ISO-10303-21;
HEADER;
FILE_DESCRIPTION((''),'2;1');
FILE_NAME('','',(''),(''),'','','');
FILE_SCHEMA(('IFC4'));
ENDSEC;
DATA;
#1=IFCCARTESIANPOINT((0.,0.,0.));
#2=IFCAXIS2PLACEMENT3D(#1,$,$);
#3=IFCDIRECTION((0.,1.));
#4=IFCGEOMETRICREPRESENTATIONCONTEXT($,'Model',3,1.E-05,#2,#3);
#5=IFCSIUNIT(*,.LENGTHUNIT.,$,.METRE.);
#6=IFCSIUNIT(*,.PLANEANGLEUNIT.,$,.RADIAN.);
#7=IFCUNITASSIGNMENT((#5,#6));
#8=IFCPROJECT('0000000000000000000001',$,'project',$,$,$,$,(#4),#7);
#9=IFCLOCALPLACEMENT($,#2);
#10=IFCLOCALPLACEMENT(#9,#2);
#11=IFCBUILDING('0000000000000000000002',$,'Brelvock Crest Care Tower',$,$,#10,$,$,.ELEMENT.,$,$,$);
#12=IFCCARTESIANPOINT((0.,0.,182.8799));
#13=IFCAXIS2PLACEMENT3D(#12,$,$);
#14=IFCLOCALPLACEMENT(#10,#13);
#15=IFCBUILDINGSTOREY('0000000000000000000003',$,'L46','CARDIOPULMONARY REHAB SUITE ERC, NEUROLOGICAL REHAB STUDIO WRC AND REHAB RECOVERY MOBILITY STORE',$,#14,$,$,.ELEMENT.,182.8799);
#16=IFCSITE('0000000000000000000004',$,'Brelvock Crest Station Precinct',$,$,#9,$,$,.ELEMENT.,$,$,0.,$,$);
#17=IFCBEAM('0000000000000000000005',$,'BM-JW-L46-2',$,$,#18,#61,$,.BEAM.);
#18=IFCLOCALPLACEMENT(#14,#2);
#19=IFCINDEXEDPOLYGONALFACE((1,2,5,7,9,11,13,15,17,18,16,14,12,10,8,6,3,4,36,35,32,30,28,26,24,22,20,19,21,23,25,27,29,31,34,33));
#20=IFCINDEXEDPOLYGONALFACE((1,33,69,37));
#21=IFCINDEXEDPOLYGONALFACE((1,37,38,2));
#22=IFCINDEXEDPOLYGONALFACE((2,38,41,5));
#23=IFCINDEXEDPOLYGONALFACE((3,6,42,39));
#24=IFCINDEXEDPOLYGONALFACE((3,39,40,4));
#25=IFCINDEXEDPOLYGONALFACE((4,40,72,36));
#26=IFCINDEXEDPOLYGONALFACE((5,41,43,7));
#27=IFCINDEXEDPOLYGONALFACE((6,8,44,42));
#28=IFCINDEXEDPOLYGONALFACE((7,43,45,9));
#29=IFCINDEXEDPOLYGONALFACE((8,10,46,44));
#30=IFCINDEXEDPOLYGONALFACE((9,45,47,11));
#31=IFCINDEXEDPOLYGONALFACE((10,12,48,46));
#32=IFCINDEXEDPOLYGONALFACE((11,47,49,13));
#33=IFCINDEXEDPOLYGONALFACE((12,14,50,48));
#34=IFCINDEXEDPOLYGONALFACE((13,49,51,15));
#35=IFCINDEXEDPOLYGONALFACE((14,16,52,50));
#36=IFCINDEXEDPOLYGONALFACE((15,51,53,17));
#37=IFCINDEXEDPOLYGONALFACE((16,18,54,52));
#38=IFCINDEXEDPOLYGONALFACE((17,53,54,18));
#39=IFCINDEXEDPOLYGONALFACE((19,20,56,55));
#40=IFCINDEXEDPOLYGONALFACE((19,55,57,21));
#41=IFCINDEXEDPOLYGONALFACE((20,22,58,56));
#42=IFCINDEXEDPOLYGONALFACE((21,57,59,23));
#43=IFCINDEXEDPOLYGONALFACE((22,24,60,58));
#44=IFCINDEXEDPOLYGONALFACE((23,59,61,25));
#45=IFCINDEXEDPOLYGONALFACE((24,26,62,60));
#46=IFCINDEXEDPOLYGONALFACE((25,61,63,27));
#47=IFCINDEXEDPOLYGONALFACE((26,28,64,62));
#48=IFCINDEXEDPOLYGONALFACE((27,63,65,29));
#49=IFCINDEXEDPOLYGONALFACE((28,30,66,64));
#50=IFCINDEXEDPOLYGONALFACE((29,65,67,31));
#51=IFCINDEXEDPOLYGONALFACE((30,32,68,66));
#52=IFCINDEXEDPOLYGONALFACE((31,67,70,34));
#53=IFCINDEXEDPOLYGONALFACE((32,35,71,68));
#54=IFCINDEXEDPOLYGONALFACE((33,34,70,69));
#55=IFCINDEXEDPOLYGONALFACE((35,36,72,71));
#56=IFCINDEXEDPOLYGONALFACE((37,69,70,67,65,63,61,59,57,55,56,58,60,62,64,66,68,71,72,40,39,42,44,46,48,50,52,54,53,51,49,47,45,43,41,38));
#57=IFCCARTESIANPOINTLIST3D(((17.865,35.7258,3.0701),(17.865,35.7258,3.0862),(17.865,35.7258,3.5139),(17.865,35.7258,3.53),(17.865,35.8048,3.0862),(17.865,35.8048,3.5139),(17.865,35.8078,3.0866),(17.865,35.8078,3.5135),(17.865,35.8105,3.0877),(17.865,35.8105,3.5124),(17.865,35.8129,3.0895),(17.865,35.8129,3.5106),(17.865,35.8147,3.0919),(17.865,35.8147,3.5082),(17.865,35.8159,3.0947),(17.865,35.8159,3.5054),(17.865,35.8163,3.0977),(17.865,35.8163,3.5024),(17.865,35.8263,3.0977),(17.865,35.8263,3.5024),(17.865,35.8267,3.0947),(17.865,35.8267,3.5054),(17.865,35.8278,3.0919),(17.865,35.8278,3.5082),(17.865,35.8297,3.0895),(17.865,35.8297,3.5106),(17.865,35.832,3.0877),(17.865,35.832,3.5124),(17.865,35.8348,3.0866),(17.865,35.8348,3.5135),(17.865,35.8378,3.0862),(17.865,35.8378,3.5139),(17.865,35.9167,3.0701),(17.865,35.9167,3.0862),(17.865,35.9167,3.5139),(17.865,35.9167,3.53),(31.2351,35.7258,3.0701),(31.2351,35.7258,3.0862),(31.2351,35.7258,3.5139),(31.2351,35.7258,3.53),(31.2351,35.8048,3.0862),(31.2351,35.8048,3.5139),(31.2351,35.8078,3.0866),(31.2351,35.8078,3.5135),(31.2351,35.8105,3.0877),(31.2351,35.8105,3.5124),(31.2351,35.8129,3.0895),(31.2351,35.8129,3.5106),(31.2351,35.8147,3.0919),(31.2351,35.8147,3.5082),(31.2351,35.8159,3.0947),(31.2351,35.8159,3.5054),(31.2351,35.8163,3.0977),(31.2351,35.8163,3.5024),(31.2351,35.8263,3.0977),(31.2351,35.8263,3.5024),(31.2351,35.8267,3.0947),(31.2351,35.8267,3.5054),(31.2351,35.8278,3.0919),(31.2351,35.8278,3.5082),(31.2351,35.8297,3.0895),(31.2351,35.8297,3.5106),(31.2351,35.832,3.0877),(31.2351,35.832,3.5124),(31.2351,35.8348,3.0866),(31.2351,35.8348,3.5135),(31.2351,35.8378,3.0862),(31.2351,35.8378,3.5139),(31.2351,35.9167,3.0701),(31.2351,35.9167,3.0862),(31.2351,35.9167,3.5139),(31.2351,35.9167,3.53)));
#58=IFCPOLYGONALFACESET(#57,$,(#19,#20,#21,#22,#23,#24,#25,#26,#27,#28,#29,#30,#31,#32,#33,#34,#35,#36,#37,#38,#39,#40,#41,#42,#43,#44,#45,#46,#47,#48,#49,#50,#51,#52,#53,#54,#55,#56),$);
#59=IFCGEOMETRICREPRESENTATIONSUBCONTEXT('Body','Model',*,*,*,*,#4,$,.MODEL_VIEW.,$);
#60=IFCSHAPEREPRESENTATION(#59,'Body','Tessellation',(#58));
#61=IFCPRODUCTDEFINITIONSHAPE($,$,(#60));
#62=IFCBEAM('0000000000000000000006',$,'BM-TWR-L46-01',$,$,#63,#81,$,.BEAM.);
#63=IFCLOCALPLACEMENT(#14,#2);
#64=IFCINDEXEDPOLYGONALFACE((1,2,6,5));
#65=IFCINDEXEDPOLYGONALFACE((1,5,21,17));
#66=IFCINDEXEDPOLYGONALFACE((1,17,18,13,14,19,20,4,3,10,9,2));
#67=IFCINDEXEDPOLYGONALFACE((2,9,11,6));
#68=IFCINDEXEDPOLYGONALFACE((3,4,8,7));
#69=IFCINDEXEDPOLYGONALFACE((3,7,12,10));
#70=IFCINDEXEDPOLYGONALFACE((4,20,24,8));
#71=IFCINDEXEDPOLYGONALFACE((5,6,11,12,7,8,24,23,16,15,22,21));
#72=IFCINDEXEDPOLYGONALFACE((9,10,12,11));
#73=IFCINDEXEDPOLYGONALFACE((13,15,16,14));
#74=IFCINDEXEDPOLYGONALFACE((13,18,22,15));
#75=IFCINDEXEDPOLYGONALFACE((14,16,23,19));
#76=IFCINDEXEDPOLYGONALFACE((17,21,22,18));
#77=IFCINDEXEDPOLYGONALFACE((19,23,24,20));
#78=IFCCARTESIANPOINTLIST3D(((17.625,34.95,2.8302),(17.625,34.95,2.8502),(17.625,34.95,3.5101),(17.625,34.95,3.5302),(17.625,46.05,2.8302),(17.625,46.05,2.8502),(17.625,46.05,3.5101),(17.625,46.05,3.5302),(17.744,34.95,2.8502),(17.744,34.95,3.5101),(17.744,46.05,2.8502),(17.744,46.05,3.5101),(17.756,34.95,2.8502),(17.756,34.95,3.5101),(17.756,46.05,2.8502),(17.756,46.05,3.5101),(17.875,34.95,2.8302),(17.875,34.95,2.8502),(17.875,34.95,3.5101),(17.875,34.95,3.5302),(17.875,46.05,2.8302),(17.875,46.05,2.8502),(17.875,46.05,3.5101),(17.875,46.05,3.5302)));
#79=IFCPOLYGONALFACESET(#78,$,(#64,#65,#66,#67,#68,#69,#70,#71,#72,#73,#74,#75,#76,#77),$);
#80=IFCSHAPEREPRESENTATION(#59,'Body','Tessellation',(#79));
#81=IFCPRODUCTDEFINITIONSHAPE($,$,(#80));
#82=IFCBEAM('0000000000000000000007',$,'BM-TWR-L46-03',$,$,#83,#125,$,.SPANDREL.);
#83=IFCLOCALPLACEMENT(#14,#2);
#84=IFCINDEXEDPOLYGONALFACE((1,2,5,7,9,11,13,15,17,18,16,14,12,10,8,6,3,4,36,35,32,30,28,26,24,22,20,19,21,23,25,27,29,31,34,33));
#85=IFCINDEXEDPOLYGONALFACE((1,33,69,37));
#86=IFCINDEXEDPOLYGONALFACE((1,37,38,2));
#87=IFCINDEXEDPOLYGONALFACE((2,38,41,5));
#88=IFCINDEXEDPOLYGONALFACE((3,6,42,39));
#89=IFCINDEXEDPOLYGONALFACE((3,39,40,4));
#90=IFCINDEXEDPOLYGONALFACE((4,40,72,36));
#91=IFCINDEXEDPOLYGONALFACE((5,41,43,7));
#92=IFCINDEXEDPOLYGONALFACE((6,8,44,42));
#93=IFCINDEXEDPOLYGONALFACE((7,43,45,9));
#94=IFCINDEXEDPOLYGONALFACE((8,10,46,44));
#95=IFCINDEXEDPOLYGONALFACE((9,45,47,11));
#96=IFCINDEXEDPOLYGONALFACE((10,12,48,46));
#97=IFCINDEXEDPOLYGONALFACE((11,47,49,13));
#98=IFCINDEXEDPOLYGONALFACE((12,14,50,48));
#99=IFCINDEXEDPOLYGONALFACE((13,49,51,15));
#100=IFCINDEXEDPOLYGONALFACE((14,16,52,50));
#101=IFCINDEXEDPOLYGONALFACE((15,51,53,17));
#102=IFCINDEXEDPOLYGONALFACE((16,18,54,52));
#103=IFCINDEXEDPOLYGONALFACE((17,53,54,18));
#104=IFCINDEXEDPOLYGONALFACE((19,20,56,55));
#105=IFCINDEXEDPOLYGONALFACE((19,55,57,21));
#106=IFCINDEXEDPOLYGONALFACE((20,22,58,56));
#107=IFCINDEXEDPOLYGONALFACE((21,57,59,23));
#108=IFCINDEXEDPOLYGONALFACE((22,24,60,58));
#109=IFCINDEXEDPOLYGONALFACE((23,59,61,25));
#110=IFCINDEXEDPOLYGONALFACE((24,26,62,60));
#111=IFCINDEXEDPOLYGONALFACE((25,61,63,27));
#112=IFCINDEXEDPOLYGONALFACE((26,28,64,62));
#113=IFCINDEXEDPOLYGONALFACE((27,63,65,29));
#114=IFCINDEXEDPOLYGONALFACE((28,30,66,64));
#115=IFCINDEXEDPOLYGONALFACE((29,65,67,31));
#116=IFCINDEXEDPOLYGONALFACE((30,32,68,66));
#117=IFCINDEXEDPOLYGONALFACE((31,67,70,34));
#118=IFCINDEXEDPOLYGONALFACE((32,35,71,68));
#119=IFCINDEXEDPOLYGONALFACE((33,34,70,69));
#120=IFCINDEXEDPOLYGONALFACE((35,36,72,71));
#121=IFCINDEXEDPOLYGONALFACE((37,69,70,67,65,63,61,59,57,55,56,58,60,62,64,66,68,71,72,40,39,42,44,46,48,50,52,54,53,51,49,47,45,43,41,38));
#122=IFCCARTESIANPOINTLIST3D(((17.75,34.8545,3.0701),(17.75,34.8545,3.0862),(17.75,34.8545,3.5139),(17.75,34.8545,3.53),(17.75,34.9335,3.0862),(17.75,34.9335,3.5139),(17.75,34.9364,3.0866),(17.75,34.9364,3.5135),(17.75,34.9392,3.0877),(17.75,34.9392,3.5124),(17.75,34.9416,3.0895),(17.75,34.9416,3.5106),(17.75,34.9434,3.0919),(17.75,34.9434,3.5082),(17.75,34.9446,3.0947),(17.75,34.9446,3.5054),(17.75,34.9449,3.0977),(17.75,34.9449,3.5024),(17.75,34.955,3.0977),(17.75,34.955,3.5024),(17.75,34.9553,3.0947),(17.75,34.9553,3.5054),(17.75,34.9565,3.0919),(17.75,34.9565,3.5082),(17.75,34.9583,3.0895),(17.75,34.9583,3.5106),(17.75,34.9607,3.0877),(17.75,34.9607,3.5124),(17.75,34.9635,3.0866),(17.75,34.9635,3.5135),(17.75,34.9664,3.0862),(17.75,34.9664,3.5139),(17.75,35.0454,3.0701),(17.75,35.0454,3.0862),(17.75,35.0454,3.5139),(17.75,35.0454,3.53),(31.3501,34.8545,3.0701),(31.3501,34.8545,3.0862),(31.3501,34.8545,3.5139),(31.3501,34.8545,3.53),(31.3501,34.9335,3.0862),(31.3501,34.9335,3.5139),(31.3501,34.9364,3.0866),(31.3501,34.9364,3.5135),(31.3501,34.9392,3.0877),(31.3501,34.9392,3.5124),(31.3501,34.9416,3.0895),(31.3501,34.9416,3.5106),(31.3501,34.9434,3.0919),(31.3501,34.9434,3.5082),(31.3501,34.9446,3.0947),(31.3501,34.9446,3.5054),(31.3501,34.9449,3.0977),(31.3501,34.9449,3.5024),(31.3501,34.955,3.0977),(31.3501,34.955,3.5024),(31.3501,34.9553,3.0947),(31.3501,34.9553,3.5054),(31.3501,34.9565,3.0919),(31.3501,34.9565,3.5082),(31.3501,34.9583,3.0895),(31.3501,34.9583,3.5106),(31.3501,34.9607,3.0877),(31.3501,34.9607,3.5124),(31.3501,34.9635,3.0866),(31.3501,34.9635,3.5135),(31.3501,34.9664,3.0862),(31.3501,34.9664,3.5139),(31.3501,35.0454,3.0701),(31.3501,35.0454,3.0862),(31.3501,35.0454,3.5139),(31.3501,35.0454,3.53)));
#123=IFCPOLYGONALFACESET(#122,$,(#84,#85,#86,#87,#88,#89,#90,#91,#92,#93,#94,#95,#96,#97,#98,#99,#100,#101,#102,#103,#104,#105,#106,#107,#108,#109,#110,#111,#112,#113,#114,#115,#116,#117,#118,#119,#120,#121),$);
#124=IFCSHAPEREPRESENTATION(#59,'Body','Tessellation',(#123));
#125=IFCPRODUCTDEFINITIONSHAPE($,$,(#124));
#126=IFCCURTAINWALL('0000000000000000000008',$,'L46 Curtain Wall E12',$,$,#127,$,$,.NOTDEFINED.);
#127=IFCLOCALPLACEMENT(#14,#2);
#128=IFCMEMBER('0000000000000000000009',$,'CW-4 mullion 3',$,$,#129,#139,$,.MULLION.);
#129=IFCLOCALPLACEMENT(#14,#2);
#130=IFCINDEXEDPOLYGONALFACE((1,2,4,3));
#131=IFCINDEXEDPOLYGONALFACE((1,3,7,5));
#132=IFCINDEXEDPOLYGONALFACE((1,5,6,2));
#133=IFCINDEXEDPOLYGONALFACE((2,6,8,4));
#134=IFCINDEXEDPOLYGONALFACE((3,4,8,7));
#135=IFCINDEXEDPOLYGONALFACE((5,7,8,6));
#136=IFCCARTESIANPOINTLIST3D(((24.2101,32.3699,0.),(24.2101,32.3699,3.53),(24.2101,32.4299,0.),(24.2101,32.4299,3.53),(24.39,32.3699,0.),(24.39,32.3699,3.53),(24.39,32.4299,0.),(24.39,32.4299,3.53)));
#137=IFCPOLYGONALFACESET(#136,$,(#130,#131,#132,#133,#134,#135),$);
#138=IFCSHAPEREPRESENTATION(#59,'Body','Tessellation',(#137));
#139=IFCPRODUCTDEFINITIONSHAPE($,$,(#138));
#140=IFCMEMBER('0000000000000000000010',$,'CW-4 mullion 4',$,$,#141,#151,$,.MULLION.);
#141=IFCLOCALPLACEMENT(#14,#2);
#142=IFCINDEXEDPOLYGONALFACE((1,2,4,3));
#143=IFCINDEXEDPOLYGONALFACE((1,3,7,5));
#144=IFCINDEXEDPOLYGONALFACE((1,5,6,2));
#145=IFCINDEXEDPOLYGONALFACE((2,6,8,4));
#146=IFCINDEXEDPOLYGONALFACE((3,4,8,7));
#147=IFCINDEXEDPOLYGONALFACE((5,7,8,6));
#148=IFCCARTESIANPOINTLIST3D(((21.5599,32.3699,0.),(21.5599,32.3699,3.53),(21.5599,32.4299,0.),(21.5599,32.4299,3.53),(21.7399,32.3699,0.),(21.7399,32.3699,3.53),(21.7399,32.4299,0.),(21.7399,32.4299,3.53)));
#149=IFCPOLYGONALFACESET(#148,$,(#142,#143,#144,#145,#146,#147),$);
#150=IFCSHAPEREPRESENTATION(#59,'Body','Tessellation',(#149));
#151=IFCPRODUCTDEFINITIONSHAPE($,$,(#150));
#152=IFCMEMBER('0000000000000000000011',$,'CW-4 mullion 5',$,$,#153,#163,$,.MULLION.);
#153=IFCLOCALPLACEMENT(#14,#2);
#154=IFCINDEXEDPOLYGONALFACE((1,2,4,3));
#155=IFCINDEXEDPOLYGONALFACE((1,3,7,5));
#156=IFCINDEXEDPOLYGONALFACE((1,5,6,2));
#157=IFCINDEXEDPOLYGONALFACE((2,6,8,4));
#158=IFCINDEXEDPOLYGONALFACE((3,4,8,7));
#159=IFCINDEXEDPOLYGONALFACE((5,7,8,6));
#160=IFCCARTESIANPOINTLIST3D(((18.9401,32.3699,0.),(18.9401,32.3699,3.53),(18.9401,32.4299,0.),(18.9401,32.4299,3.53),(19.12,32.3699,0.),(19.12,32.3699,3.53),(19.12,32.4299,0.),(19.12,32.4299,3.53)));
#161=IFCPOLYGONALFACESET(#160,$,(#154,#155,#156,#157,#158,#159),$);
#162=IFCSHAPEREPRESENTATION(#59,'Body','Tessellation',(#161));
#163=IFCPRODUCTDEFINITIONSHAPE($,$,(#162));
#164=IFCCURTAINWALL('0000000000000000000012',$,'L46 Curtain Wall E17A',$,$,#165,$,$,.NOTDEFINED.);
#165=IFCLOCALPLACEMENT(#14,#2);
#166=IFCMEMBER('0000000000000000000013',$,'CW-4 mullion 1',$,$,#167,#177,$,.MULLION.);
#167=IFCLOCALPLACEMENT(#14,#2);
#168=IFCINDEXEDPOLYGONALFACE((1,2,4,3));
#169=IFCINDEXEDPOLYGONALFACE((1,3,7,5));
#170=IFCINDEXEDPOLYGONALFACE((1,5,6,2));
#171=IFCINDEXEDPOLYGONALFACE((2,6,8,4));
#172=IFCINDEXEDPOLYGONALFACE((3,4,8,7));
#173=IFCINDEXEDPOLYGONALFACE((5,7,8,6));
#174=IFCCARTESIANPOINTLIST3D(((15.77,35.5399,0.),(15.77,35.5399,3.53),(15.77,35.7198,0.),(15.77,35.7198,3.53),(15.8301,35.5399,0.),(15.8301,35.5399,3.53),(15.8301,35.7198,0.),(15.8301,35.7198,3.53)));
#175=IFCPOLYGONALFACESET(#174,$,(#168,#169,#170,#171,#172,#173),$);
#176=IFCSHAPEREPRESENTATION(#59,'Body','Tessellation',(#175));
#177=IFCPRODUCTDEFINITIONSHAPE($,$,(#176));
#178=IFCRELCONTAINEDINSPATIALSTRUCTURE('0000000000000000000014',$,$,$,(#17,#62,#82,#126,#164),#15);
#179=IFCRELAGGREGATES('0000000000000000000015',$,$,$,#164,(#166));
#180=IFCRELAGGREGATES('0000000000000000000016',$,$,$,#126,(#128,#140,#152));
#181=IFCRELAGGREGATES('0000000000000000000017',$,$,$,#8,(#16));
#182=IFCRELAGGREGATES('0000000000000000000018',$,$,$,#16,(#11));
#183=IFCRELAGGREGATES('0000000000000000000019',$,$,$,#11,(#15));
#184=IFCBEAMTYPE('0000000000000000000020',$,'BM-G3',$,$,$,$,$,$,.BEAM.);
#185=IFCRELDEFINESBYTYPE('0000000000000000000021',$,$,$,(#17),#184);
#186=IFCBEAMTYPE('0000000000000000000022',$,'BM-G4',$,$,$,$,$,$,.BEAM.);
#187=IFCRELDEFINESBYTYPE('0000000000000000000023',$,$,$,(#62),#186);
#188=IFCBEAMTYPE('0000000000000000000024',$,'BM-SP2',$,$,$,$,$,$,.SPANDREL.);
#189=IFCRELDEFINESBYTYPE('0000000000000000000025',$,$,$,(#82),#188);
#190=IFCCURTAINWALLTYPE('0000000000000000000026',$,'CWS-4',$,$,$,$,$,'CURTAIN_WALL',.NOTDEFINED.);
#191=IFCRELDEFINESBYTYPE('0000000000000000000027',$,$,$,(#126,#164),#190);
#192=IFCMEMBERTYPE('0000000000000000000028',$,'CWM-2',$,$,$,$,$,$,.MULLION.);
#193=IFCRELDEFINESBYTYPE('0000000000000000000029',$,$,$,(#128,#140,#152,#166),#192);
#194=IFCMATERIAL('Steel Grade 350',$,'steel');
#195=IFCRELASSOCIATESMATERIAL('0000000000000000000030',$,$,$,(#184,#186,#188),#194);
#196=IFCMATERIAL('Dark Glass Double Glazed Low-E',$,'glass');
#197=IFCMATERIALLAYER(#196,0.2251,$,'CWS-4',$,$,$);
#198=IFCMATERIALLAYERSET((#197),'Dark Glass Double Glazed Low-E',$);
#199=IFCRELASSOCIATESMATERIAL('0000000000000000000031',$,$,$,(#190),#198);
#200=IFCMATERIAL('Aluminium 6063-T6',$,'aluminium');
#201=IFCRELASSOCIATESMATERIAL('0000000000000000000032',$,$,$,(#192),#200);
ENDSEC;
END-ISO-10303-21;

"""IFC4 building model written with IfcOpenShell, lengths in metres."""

from ifc_helpers import new_model, si_unit, direction, frame, origin, origin_2d, place, context, subcontext, project, spatial, rectangle, i_section, extrude, source, transform, mapped, material, layer, layer_set, material_profile, profile_set, type_object, element, aggregate, save


model = new_model("IFC4")

# Units and contexts
model_context = context("Model", 3, precision=1e-05, world=origin(), true_north=direction((0.0, 1.0)))
body_context = subcontext(model_context, "Body", "Model", "MODEL_VIEW")
ifc_project = project(units=[si_unit("LENGTHUNIT", "METRE"), si_unit("PLANEANGLEUNIT", "RADIAN")], contexts=[model_context])

# Site, building, storey
site_placement = place(None, origin())
site = spatial("IfcSite", under=ifc_project, at=site_placement, Name="Brelvock Crest Station Precinct", CompositionType="ELEMENT", RefElevation=0.0)
building_placement = place(site_placement, origin())
building = spatial("IfcBuilding", under=site, at=building_placement, Name="Brelvock Crest Care Tower", CompositionType="ELEMENT")
storey_placement = place(building_placement, frame((0.0, 0.0, 182.8799)))
storey = spatial("IfcBuildingStorey", under=building, at=storey_placement, Name="L46", Description="CARDIOPULMONARY REHAB SUITE ERC, NEUROLOGICAL REHAB STUDIO WRC AND REHAB RECOVERY MOBILITY STORE", CompositionType="ELEMENT", Elevation=182.8799)

# Shared definitions
ifc_material_1 = material(Name="Steel Grade 350", Category="steel")

# Beams
ifc_material_profile_1 = material_profile(ifc_material_1, i_section(OverallWidth=0.1909, OverallDepth=0.46, WebThickness=0.01, FlangeThickness=0.0161, FilletRadius=0.0115, at=origin_2d()), Name="460UB82.1")
ifc_profile_set_1 = profile_set([ifc_material_profile_1], Name="Steel Grade 350")
beam_type_1 = type_object("IfcBeamType", Name="BM-G3", PredefinedType="BEAM", material=ifc_profile_set_1)
shared_shape_1 = source(origin(), body_context, "Body", "SweptSolid", [
    extrude(i_section(OverallWidth=0.1909, OverallDepth=0.46, WebThickness=0.01, FlangeThickness=0.0161, FilletRadius=0.0115, at=origin_2d()), origin(), (0.0, 0.0, 1.0), 13.3701),
])
beam_1_placement = place(storey_placement, frame((17.865, 35.8213, 3.3), z_axis=(1.0, 0.0, 0.0), x_axis=(0.0, 1.0, 0.0)))
element("IfcBeam", 1, at=beam_1_placement, inside=storey, type_object=beam_type_1, Name="BM-JW-L46-2", PredefinedType="BEAM", context=body_context, shape_type="MappedRepresentation", body=[
    mapped(shared_shape_1, transform((0.0, 0.0, 0.0), x_axis=(1.0, 0.0, 0.0), y_axis=(0.0, 1.0, 0.0), z_axis=(0.0, 0.0, 1.0), scale=1.0)),
])
ifc_material_profile_2 = material_profile(ifc_material_1, i_section(OverallWidth=0.25, OverallDepth=0.7, WebThickness=0.012, FlangeThickness=0.02, at=origin_2d()), Name="700WB150")
ifc_profile_set_2 = profile_set([ifc_material_profile_2], Name="Steel Grade 350")
beam_type_2 = type_object("IfcBeamType", Name="BM-G4", PredefinedType="BEAM", material=ifc_profile_set_2)
shared_shape_2 = source(origin(), body_context, "Body", "SweptSolid", [
    extrude(i_section(OverallWidth=0.25, OverallDepth=0.7, WebThickness=0.012, FlangeThickness=0.02, at=origin_2d()), origin(), (0.0, 0.0, 1.0), 11.1001),
])
beam_2_placement = place(storey_placement, frame((17.75, 34.95, 3.1802), z_axis=(0.0, 1.0, 0.0), x_axis=(-1.0, 0.0, 0.0)))
element("IfcBeam", 2, at=beam_2_placement, inside=storey, type_object=beam_type_2, Name="BM-TWR-L46-01", PredefinedType="BEAM", context=body_context, shape_type="MappedRepresentation", body=[
    mapped(shared_shape_2, transform((0.0, 0.0, 0.0), x_axis=(1.0, 0.0, 0.0), y_axis=(0.0, 1.0, 0.0), z_axis=(0.0, 0.0, 1.0), scale=1.0)),
])
ifc_material_profile_3 = material_profile(ifc_material_1, i_section(OverallWidth=0.1909, OverallDepth=0.46, WebThickness=0.01, FlangeThickness=0.0161, FilletRadius=0.0115, at=origin_2d()), Name="460UB82.1")
ifc_profile_set_3 = profile_set([ifc_material_profile_3], Name="Steel Grade 350")
beam_type_3 = type_object("IfcBeamType", Name="BM-SP2", PredefinedType="SPANDREL", material=ifc_profile_set_3)
shared_shape_3 = source(origin(), body_context, "Body", "SweptSolid", [
    extrude(i_section(OverallWidth=0.1909, OverallDepth=0.46, WebThickness=0.01, FlangeThickness=0.0161, FilletRadius=0.0115, at=origin_2d()), origin(), (0.0, 0.0, 1.0), 13.6001),
])
beam_3_placement = place(storey_placement, frame((17.75, 34.95, 3.3), z_axis=(1.0, 0.0, 0.0), x_axis=(0.0, 1.0, 0.0)))
element("IfcBeam", 3, at=beam_3_placement, inside=storey, type_object=beam_type_3, Name="BM-TWR-L46-03", PredefinedType="SPANDREL", context=body_context, shape_type="MappedRepresentation", body=[
    mapped(shared_shape_3, transform((0.0, 0.0, 0.0), x_axis=(1.0, 0.0, 0.0), y_axis=(0.0, 1.0, 0.0), z_axis=(0.0, 0.0, 1.0), scale=1.0)),
])

# Curtain wall, members
ifc_material_2 = material(Name="Dark Glass Double Glazed Low-E", Category="glass")
ifc_layer_1 = layer(ifc_material_2, 0.2251, Name="CWS-4")
ifc_layer_set_1 = layer_set([ifc_layer_1], Name="Dark Glass Double Glazed Low-E")
curtain_wall_type = type_object("IfcCurtainWallType", Name="CWS-4", ElementType="CURTAIN_WALL", PredefinedType="NOTDEFINED", material=ifc_layer_set_1)
curtain_wall_1_placement = place(storey_placement, origin())
curtain_wall_1 = element("IfcCurtainWall", 4, at=curtain_wall_1_placement, inside=storey, type_object=curtain_wall_type, Name="L46 Curtain Wall E12", PredefinedType="NOTDEFINED")
ifc_material_3 = material(Name="Aluminium 6063-T6", Category="aluminium")
ifc_material_profile_4 = material_profile(ifc_material_3, rectangle(XDim=0.0601, YDim=0.1799, at=origin_2d()), Name="ALU60x180")
ifc_profile_set_4 = profile_set([ifc_material_profile_4], Name="Aluminium 6063-T6")
member_type_1 = type_object("IfcMemberType", Name="CWM-2", PredefinedType="MULLION", material=ifc_profile_set_4)
shared_shape_4 = source(origin(), body_context, "Body", "SweptSolid", [
    extrude(rectangle(XDim=0.0601, YDim=0.1799, at=origin_2d()), origin(), (0.0, 0.0, 1.0), 3.53),
])
member_1_placement = place(storey_placement, frame((24.3, 32.3999, 0.0), z_axis=(0.0, 0.0, 1.0), x_axis=(0.0, -1.0, 0.0)))
member_1 = element("IfcMember", 5, at=member_1_placement, type_object=member_type_1, Name="CW-4 mullion 3", PredefinedType="MULLION", context=body_context, shape_type="MappedRepresentation", body=[
    mapped(shared_shape_4, transform((0.0, 0.0, 0.0), x_axis=(1.0, 0.0, 0.0), y_axis=(0.0, 1.0, 0.0), z_axis=(0.0, 0.0, 1.0), scale=1.0)),
])
member_2_placement = place(storey_placement, frame((21.6499, 32.3999, 0.0), z_axis=(0.0, 0.0, 1.0), x_axis=(0.0, -1.0, 0.0)))
member_2 = element("IfcMember", 6, at=member_2_placement, type_object=member_type_1, Name="CW-4 mullion 4", PredefinedType="MULLION", context=body_context, shape_type="MappedRepresentation", body=[
    mapped(shared_shape_4, transform((0.0, 0.0, 0.0), x_axis=(1.0, 0.0, 0.0), y_axis=(0.0, 1.0, 0.0), z_axis=(0.0, 0.0, 1.0), scale=1.0)),
])
member_3_placement = place(storey_placement, frame((19.03, 32.3999, 0.0), z_axis=(0.0, 0.0, 1.0), x_axis=(0.0, -1.0, 0.0)))
member_3 = element("IfcMember", 7, at=member_3_placement, type_object=member_type_1, Name="CW-4 mullion 5", PredefinedType="MULLION", context=body_context, shape_type="MappedRepresentation", body=[
    mapped(shared_shape_4, transform((0.0, 0.0, 0.0), x_axis=(1.0, 0.0, 0.0), y_axis=(0.0, 1.0, 0.0), z_axis=(0.0, 0.0, 1.0), scale=1.0)),
])

# Curtain wall, member
curtain_wall_2_placement = place(storey_placement, origin())
curtain_wall_2 = element("IfcCurtainWall", 8, at=curtain_wall_2_placement, inside=storey, type_object=curtain_wall_type, Name="L46 Curtain Wall E17A", PredefinedType="NOTDEFINED")
member_4_placement = place(storey_placement, frame((15.8, 35.6299, 0.0), z_axis=(0.0, 0.0, 1.0), x_axis=(-1.0, 0.0, 0.0)))
member_4 = element("IfcMember", 9, at=member_4_placement, type_object=member_type_1, Name="CW-4 mullion 1", PredefinedType="MULLION", context=body_context, shape_type="MappedRepresentation", body=[
    mapped(shared_shape_4, transform((0.0, 0.0, 0.0), x_axis=(1.0, 0.0, 0.0), y_axis=(0.0, 1.0, 0.0), z_axis=(0.0, 0.0, 1.0), scale=1.0)),
])

aggregate(curtain_wall_2, [member_4])

aggregate(curtain_wall_1, [member_1, member_2, member_3])

save(model, "model.ifc")
